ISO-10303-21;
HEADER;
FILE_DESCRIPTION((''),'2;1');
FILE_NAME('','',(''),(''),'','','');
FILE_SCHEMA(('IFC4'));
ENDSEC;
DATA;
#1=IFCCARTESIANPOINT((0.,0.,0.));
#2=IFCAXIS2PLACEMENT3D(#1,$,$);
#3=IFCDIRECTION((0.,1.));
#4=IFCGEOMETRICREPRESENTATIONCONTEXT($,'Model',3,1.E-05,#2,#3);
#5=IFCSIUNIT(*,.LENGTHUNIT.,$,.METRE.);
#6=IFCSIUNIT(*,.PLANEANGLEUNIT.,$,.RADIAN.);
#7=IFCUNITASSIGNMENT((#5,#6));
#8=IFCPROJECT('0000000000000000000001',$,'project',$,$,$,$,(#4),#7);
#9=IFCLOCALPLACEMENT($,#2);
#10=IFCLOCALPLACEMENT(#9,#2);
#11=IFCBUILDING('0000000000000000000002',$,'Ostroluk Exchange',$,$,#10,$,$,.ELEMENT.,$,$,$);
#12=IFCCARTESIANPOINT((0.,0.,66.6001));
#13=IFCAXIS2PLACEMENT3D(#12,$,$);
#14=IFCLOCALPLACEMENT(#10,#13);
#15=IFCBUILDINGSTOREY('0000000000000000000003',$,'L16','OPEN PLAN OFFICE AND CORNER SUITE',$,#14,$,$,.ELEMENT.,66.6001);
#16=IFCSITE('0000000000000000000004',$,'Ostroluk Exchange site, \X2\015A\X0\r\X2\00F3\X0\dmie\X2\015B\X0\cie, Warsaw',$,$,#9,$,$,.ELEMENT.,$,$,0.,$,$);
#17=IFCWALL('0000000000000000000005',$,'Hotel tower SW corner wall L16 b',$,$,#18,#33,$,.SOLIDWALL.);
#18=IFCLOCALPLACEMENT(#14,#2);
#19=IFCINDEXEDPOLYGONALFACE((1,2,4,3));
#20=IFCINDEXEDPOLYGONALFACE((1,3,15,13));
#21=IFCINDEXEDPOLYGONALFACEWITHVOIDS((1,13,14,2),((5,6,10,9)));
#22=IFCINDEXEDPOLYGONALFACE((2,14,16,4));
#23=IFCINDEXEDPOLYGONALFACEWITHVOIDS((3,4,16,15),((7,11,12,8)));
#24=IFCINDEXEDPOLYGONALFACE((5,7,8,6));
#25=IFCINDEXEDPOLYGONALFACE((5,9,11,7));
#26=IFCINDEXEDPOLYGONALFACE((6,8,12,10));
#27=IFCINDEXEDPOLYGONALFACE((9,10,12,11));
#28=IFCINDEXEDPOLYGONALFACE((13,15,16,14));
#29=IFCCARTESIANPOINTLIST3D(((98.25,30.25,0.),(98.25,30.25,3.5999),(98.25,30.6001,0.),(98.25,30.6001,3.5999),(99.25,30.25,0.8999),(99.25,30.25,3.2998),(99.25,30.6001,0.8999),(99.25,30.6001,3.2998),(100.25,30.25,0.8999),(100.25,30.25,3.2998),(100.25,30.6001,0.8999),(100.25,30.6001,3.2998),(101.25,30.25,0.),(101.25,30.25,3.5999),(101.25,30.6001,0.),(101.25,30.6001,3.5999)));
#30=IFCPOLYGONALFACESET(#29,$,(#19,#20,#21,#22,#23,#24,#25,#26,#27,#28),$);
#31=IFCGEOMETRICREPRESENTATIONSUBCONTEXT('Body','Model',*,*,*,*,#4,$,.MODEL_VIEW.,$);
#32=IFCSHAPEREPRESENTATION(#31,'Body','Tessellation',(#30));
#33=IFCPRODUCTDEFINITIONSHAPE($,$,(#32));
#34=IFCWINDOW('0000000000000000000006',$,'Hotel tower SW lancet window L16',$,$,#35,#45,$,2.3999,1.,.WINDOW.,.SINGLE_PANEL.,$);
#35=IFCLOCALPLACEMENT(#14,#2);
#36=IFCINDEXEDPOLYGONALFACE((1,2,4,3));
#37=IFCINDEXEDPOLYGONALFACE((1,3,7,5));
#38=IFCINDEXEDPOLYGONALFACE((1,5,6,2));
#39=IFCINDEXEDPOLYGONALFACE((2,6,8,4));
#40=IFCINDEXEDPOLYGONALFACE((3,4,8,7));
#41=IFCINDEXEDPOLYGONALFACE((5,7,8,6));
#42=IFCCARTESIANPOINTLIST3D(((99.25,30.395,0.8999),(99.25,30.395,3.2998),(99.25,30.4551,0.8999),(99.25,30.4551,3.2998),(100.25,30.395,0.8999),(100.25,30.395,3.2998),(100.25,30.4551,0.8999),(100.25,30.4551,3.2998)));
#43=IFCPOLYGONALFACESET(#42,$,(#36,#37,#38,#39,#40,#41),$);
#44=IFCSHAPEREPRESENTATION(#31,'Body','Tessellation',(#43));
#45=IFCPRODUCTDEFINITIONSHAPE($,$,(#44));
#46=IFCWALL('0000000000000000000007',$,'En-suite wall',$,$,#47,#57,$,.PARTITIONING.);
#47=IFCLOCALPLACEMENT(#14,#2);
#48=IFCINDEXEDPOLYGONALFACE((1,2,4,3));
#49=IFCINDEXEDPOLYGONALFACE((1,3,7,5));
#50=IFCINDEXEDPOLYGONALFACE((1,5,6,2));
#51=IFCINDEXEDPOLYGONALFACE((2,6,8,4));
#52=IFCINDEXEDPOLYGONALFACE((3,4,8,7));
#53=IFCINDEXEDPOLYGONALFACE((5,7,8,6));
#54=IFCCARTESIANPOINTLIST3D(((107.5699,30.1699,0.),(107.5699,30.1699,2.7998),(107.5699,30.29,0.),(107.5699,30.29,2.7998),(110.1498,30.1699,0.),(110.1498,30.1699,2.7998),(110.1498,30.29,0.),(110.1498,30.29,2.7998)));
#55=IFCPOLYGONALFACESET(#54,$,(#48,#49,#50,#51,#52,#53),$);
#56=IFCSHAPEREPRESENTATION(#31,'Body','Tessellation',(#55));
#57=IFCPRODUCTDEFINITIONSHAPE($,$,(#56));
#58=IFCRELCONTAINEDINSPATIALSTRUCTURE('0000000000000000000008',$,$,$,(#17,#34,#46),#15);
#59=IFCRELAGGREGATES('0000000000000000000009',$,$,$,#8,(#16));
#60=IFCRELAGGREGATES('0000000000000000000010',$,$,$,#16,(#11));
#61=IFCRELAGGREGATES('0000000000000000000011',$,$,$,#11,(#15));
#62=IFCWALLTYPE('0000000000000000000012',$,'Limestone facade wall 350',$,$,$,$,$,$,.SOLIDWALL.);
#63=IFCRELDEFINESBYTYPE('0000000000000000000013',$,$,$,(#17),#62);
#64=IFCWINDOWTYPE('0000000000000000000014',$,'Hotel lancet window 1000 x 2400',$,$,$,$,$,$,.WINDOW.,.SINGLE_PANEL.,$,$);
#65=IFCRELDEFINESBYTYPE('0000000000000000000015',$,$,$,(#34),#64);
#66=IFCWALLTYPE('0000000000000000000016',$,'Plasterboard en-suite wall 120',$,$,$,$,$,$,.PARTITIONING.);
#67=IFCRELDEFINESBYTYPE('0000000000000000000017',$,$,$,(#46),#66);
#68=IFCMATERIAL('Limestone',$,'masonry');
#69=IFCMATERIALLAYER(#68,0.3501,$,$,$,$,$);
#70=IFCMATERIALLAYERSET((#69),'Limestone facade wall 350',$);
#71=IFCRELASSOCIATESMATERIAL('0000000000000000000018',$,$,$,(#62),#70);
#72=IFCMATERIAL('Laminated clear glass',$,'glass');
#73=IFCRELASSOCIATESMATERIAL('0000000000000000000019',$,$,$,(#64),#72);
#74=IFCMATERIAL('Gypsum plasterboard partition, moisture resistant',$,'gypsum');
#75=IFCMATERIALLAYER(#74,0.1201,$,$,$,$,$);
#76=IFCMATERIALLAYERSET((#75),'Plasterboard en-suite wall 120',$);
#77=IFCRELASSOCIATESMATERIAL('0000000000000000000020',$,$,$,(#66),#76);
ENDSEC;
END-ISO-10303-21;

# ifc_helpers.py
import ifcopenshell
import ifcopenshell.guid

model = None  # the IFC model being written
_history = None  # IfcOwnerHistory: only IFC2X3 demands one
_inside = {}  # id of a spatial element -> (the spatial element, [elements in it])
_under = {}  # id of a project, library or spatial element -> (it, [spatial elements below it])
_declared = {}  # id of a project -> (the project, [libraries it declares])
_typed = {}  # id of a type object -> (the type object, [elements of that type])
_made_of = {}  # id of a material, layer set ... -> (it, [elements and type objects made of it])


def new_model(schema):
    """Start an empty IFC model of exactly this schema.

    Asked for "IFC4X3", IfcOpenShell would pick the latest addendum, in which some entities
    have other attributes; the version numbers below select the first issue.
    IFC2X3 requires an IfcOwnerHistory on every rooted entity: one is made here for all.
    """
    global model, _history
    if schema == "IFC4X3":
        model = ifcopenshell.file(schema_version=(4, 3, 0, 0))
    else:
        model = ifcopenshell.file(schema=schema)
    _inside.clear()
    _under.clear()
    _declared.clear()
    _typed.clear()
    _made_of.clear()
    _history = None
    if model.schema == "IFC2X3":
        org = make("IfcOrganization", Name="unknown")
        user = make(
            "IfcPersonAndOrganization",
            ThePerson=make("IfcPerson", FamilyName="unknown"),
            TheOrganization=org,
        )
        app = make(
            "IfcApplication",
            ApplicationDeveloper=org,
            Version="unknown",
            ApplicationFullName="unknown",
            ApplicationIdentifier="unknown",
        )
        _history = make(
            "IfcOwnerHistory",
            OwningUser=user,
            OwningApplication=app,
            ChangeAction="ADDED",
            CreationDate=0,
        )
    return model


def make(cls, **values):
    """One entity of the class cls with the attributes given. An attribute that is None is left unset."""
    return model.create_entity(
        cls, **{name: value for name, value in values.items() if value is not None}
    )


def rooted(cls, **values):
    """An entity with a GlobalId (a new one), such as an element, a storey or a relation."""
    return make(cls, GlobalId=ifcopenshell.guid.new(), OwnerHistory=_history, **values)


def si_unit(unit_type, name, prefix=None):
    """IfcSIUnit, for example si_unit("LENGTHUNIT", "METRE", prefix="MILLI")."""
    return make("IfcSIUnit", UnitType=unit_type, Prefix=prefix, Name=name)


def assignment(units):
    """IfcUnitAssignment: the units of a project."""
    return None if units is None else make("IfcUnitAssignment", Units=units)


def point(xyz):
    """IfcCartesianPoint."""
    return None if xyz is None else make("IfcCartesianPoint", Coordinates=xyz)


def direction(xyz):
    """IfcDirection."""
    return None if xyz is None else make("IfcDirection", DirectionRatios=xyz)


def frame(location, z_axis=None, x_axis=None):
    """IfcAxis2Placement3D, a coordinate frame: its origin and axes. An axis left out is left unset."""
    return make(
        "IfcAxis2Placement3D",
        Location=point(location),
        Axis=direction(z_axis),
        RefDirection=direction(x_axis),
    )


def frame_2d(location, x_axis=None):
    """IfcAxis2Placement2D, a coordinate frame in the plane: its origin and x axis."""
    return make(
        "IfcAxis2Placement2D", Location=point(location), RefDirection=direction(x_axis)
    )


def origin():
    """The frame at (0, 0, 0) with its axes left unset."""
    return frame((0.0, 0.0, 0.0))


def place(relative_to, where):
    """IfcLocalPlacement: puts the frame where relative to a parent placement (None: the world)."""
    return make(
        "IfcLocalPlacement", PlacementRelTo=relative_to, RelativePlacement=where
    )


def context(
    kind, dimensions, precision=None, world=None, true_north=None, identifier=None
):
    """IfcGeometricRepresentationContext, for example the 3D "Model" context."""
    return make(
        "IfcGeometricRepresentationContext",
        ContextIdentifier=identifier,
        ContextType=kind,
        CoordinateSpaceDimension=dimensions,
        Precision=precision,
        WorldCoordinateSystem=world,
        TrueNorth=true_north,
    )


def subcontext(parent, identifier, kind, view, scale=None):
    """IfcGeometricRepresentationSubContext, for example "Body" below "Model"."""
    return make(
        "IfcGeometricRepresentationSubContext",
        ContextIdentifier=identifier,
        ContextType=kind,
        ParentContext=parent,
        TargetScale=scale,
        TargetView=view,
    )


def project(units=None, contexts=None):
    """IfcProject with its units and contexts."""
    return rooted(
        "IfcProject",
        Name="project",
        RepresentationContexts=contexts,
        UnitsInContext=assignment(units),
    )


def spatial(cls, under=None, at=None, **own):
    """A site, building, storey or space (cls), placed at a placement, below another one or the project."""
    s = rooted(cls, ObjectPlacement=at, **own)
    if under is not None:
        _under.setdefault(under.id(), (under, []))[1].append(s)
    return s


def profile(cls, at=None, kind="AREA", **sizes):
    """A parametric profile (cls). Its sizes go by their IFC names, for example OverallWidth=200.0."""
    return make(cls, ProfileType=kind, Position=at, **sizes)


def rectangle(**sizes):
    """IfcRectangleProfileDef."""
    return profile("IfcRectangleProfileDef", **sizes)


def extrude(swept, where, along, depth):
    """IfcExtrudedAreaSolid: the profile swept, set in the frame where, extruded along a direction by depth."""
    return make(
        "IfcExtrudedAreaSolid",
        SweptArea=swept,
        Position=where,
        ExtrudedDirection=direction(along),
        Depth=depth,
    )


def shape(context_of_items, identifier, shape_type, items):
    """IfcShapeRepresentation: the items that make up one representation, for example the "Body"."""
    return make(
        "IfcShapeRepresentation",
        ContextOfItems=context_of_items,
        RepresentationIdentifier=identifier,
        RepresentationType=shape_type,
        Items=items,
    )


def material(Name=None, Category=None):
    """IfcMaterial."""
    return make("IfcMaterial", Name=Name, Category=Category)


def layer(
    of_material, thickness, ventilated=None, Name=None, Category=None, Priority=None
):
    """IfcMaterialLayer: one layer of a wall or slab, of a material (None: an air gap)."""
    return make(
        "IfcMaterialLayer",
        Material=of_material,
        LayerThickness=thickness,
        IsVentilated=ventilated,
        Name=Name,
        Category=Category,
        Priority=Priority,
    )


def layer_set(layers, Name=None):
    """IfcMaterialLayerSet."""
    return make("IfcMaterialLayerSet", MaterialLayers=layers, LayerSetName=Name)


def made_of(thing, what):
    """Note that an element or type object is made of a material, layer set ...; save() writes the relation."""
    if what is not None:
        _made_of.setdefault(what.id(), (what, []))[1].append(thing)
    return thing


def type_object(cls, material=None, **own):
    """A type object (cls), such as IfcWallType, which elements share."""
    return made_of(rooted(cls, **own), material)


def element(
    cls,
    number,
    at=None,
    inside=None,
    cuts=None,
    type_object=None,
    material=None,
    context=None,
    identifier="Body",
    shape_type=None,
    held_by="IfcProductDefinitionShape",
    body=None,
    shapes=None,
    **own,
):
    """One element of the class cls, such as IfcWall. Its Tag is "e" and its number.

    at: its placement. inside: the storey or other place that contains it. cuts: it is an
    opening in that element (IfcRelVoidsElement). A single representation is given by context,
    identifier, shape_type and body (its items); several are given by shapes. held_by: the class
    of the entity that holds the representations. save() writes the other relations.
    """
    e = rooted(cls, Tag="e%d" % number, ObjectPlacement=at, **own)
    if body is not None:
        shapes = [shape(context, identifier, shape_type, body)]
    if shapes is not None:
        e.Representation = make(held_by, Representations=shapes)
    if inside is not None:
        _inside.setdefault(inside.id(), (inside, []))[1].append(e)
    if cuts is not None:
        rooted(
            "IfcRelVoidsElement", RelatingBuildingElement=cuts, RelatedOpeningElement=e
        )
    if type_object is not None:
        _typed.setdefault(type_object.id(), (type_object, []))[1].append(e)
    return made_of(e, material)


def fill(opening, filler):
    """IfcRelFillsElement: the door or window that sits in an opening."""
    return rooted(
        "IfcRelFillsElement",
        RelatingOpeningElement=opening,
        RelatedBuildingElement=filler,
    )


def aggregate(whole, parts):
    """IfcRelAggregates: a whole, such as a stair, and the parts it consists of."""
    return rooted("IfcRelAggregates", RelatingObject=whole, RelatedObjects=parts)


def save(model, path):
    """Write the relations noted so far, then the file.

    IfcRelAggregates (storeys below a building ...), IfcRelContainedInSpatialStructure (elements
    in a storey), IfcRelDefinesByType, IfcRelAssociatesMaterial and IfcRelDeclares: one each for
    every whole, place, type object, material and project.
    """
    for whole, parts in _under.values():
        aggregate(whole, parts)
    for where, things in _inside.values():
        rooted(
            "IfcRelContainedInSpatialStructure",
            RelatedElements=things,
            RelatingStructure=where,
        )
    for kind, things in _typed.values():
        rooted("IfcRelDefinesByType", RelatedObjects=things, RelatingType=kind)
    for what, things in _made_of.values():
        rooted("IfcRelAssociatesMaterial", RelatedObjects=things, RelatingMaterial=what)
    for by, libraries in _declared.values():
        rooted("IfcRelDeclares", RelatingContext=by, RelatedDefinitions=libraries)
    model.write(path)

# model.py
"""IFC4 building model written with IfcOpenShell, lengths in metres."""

from ifc_helpers import new_model, si_unit, direction, frame, frame_2d, origin, place, context, subcontext, project, spatial, rectangle, extrude, material, layer, layer_set, type_object, element, fill, save


model = new_model("IFC4")

# Units and contexts
model_context = context("Model", 3, precision=1e-05, world=origin(), true_north=direction((0.0, 1.0)))
body_context = subcontext(model_context, "Body", "Model", "MODEL_VIEW")
ifc_project = project(units=[si_unit("LENGTHUNIT", "METRE"), si_unit("PLANEANGLEUNIT", "RADIAN")], contexts=[model_context])

# Site, building, storey
site_placement = place(None, origin())
site = spatial("IfcSite", under=ifc_project, at=site_placement, Name="Ostroluk Exchange site, Śródmieście, Warsaw", CompositionType="ELEMENT", RefElevation=0.0)
building_placement = place(site_placement, origin())
building = spatial("IfcBuilding", under=site, at=building_placement, Name="Ostroluk Exchange", CompositionType="ELEMENT")
storey_placement = place(building_placement, frame((0.0, 0.0, 66.6001)))
storey = spatial("IfcBuildingStorey", under=building, at=storey_placement, Name="L16", Description="OPEN PLAN OFFICE AND CORNER SUITE", CompositionType="ELEMENT", Elevation=66.6001)

# Shared definitions
ifc_material_1 = material(Name="Limestone", Category="masonry")
ifc_layer_1 = layer(ifc_material_1, 0.3501)
ifc_layer_set_1 = layer_set([ifc_layer_1], Name="Limestone facade wall 350")
wall_type_1 = type_object("IfcWallType", Name="Limestone facade wall 350", PredefinedType="SOLIDWALL", material=ifc_layer_set_1)

# Wall, opening, window
wall_1_placement = place(storey_placement, frame((101.25, 30.425, 0.0), z_axis=(0.0, 0.0, 1.0), x_axis=(-1.0, 0.0, 0.0)))
wall_1 = element("IfcWall", 1, at=wall_1_placement, inside=storey, type_object=wall_type_1, Name="Hotel tower SW corner wall L16 b", PredefinedType="SOLIDWALL", context=body_context, shape_type="SweptSolid", body=[
    extrude(rectangle(XDim=3.0, YDim=0.3501, at=frame_2d((1.5, 0.0))), origin(), (0.0, 0.0, 1.0), 3.5999),
])
opening_1_placement = place(wall_1_placement, frame((1.0, 0.0, 0.8999)))
opening_1 = element("IfcOpeningElement", 2, at=opening_1_placement, cuts=wall_1, PredefinedType="OPENING", context=body_context, shape_type="SweptSolid", body=[
    extrude(rectangle(XDim=1.0, YDim=2.3999, at=frame_2d((0.5, 1.2))), frame((0.0, 0.1851, 0.0), z_axis=(0.0, -1.0, 0.0), x_axis=(1.0, 0.0, 0.0)), (0.0, 0.0, 1.0), 0.3701),
])
ifc_material_2 = material(Name="Laminated clear glass", Category="glass")
window_type = type_object("IfcWindowType", Name="Hotel lancet window 1000 x 2400", PartitioningType="SINGLE_PANEL", PredefinedType="WINDOW", material=ifc_material_2)
window_placement = place(opening_1_placement, origin())
window = element("IfcWindow", 3, at=window_placement, inside=storey, type_object=window_type, Name="Hotel tower SW lancet window L16", OverallHeight=2.3999, OverallWidth=1.0, PartitioningType="SINGLE_PANEL", PredefinedType="WINDOW", context=body_context, shape_type="SweptSolid", body=[
    extrude(rectangle(XDim=1.0, YDim=2.3999, at=frame_2d((0.5, 1.2))), frame((0.0, 0.03, 0.0), z_axis=(0.0, -1.0, 0.0), x_axis=(1.0, 0.0, 0.0)), (0.0, 0.0, 1.0), 0.0601),
])
fill(opening_1, window)

# Wall
ifc_material_3 = material(Name="Gypsum plasterboard partition, moisture resistant", Category="gypsum")
ifc_layer_2 = layer(ifc_material_3, 0.1201)
ifc_layer_set_2 = layer_set([ifc_layer_2], Name="Plasterboard en-suite wall 120")
wall_type_2 = type_object("IfcWallType", Name="Plasterboard en-suite wall 120", PredefinedType="PARTITIONING", material=ifc_layer_set_2)
wall_2_placement = place(storey_placement, frame((110.1499, 30.23, 0.0), z_axis=(0.0, 0.0, 1.0), x_axis=(-1.0, 0.0, 0.0)))
element("IfcWall", 4, at=wall_2_placement, inside=storey, type_object=wall_type_2, Name="En-suite wall", PredefinedType="PARTITIONING", context=body_context, shape_type="SweptSolid", body=[
    extrude(rectangle(XDim=2.5798, YDim=0.1201, at=frame_2d((1.29, 0.0))), origin(), (0.0, 0.0, 1.0), 2.7998),
])

save(model, "model.ifc")
